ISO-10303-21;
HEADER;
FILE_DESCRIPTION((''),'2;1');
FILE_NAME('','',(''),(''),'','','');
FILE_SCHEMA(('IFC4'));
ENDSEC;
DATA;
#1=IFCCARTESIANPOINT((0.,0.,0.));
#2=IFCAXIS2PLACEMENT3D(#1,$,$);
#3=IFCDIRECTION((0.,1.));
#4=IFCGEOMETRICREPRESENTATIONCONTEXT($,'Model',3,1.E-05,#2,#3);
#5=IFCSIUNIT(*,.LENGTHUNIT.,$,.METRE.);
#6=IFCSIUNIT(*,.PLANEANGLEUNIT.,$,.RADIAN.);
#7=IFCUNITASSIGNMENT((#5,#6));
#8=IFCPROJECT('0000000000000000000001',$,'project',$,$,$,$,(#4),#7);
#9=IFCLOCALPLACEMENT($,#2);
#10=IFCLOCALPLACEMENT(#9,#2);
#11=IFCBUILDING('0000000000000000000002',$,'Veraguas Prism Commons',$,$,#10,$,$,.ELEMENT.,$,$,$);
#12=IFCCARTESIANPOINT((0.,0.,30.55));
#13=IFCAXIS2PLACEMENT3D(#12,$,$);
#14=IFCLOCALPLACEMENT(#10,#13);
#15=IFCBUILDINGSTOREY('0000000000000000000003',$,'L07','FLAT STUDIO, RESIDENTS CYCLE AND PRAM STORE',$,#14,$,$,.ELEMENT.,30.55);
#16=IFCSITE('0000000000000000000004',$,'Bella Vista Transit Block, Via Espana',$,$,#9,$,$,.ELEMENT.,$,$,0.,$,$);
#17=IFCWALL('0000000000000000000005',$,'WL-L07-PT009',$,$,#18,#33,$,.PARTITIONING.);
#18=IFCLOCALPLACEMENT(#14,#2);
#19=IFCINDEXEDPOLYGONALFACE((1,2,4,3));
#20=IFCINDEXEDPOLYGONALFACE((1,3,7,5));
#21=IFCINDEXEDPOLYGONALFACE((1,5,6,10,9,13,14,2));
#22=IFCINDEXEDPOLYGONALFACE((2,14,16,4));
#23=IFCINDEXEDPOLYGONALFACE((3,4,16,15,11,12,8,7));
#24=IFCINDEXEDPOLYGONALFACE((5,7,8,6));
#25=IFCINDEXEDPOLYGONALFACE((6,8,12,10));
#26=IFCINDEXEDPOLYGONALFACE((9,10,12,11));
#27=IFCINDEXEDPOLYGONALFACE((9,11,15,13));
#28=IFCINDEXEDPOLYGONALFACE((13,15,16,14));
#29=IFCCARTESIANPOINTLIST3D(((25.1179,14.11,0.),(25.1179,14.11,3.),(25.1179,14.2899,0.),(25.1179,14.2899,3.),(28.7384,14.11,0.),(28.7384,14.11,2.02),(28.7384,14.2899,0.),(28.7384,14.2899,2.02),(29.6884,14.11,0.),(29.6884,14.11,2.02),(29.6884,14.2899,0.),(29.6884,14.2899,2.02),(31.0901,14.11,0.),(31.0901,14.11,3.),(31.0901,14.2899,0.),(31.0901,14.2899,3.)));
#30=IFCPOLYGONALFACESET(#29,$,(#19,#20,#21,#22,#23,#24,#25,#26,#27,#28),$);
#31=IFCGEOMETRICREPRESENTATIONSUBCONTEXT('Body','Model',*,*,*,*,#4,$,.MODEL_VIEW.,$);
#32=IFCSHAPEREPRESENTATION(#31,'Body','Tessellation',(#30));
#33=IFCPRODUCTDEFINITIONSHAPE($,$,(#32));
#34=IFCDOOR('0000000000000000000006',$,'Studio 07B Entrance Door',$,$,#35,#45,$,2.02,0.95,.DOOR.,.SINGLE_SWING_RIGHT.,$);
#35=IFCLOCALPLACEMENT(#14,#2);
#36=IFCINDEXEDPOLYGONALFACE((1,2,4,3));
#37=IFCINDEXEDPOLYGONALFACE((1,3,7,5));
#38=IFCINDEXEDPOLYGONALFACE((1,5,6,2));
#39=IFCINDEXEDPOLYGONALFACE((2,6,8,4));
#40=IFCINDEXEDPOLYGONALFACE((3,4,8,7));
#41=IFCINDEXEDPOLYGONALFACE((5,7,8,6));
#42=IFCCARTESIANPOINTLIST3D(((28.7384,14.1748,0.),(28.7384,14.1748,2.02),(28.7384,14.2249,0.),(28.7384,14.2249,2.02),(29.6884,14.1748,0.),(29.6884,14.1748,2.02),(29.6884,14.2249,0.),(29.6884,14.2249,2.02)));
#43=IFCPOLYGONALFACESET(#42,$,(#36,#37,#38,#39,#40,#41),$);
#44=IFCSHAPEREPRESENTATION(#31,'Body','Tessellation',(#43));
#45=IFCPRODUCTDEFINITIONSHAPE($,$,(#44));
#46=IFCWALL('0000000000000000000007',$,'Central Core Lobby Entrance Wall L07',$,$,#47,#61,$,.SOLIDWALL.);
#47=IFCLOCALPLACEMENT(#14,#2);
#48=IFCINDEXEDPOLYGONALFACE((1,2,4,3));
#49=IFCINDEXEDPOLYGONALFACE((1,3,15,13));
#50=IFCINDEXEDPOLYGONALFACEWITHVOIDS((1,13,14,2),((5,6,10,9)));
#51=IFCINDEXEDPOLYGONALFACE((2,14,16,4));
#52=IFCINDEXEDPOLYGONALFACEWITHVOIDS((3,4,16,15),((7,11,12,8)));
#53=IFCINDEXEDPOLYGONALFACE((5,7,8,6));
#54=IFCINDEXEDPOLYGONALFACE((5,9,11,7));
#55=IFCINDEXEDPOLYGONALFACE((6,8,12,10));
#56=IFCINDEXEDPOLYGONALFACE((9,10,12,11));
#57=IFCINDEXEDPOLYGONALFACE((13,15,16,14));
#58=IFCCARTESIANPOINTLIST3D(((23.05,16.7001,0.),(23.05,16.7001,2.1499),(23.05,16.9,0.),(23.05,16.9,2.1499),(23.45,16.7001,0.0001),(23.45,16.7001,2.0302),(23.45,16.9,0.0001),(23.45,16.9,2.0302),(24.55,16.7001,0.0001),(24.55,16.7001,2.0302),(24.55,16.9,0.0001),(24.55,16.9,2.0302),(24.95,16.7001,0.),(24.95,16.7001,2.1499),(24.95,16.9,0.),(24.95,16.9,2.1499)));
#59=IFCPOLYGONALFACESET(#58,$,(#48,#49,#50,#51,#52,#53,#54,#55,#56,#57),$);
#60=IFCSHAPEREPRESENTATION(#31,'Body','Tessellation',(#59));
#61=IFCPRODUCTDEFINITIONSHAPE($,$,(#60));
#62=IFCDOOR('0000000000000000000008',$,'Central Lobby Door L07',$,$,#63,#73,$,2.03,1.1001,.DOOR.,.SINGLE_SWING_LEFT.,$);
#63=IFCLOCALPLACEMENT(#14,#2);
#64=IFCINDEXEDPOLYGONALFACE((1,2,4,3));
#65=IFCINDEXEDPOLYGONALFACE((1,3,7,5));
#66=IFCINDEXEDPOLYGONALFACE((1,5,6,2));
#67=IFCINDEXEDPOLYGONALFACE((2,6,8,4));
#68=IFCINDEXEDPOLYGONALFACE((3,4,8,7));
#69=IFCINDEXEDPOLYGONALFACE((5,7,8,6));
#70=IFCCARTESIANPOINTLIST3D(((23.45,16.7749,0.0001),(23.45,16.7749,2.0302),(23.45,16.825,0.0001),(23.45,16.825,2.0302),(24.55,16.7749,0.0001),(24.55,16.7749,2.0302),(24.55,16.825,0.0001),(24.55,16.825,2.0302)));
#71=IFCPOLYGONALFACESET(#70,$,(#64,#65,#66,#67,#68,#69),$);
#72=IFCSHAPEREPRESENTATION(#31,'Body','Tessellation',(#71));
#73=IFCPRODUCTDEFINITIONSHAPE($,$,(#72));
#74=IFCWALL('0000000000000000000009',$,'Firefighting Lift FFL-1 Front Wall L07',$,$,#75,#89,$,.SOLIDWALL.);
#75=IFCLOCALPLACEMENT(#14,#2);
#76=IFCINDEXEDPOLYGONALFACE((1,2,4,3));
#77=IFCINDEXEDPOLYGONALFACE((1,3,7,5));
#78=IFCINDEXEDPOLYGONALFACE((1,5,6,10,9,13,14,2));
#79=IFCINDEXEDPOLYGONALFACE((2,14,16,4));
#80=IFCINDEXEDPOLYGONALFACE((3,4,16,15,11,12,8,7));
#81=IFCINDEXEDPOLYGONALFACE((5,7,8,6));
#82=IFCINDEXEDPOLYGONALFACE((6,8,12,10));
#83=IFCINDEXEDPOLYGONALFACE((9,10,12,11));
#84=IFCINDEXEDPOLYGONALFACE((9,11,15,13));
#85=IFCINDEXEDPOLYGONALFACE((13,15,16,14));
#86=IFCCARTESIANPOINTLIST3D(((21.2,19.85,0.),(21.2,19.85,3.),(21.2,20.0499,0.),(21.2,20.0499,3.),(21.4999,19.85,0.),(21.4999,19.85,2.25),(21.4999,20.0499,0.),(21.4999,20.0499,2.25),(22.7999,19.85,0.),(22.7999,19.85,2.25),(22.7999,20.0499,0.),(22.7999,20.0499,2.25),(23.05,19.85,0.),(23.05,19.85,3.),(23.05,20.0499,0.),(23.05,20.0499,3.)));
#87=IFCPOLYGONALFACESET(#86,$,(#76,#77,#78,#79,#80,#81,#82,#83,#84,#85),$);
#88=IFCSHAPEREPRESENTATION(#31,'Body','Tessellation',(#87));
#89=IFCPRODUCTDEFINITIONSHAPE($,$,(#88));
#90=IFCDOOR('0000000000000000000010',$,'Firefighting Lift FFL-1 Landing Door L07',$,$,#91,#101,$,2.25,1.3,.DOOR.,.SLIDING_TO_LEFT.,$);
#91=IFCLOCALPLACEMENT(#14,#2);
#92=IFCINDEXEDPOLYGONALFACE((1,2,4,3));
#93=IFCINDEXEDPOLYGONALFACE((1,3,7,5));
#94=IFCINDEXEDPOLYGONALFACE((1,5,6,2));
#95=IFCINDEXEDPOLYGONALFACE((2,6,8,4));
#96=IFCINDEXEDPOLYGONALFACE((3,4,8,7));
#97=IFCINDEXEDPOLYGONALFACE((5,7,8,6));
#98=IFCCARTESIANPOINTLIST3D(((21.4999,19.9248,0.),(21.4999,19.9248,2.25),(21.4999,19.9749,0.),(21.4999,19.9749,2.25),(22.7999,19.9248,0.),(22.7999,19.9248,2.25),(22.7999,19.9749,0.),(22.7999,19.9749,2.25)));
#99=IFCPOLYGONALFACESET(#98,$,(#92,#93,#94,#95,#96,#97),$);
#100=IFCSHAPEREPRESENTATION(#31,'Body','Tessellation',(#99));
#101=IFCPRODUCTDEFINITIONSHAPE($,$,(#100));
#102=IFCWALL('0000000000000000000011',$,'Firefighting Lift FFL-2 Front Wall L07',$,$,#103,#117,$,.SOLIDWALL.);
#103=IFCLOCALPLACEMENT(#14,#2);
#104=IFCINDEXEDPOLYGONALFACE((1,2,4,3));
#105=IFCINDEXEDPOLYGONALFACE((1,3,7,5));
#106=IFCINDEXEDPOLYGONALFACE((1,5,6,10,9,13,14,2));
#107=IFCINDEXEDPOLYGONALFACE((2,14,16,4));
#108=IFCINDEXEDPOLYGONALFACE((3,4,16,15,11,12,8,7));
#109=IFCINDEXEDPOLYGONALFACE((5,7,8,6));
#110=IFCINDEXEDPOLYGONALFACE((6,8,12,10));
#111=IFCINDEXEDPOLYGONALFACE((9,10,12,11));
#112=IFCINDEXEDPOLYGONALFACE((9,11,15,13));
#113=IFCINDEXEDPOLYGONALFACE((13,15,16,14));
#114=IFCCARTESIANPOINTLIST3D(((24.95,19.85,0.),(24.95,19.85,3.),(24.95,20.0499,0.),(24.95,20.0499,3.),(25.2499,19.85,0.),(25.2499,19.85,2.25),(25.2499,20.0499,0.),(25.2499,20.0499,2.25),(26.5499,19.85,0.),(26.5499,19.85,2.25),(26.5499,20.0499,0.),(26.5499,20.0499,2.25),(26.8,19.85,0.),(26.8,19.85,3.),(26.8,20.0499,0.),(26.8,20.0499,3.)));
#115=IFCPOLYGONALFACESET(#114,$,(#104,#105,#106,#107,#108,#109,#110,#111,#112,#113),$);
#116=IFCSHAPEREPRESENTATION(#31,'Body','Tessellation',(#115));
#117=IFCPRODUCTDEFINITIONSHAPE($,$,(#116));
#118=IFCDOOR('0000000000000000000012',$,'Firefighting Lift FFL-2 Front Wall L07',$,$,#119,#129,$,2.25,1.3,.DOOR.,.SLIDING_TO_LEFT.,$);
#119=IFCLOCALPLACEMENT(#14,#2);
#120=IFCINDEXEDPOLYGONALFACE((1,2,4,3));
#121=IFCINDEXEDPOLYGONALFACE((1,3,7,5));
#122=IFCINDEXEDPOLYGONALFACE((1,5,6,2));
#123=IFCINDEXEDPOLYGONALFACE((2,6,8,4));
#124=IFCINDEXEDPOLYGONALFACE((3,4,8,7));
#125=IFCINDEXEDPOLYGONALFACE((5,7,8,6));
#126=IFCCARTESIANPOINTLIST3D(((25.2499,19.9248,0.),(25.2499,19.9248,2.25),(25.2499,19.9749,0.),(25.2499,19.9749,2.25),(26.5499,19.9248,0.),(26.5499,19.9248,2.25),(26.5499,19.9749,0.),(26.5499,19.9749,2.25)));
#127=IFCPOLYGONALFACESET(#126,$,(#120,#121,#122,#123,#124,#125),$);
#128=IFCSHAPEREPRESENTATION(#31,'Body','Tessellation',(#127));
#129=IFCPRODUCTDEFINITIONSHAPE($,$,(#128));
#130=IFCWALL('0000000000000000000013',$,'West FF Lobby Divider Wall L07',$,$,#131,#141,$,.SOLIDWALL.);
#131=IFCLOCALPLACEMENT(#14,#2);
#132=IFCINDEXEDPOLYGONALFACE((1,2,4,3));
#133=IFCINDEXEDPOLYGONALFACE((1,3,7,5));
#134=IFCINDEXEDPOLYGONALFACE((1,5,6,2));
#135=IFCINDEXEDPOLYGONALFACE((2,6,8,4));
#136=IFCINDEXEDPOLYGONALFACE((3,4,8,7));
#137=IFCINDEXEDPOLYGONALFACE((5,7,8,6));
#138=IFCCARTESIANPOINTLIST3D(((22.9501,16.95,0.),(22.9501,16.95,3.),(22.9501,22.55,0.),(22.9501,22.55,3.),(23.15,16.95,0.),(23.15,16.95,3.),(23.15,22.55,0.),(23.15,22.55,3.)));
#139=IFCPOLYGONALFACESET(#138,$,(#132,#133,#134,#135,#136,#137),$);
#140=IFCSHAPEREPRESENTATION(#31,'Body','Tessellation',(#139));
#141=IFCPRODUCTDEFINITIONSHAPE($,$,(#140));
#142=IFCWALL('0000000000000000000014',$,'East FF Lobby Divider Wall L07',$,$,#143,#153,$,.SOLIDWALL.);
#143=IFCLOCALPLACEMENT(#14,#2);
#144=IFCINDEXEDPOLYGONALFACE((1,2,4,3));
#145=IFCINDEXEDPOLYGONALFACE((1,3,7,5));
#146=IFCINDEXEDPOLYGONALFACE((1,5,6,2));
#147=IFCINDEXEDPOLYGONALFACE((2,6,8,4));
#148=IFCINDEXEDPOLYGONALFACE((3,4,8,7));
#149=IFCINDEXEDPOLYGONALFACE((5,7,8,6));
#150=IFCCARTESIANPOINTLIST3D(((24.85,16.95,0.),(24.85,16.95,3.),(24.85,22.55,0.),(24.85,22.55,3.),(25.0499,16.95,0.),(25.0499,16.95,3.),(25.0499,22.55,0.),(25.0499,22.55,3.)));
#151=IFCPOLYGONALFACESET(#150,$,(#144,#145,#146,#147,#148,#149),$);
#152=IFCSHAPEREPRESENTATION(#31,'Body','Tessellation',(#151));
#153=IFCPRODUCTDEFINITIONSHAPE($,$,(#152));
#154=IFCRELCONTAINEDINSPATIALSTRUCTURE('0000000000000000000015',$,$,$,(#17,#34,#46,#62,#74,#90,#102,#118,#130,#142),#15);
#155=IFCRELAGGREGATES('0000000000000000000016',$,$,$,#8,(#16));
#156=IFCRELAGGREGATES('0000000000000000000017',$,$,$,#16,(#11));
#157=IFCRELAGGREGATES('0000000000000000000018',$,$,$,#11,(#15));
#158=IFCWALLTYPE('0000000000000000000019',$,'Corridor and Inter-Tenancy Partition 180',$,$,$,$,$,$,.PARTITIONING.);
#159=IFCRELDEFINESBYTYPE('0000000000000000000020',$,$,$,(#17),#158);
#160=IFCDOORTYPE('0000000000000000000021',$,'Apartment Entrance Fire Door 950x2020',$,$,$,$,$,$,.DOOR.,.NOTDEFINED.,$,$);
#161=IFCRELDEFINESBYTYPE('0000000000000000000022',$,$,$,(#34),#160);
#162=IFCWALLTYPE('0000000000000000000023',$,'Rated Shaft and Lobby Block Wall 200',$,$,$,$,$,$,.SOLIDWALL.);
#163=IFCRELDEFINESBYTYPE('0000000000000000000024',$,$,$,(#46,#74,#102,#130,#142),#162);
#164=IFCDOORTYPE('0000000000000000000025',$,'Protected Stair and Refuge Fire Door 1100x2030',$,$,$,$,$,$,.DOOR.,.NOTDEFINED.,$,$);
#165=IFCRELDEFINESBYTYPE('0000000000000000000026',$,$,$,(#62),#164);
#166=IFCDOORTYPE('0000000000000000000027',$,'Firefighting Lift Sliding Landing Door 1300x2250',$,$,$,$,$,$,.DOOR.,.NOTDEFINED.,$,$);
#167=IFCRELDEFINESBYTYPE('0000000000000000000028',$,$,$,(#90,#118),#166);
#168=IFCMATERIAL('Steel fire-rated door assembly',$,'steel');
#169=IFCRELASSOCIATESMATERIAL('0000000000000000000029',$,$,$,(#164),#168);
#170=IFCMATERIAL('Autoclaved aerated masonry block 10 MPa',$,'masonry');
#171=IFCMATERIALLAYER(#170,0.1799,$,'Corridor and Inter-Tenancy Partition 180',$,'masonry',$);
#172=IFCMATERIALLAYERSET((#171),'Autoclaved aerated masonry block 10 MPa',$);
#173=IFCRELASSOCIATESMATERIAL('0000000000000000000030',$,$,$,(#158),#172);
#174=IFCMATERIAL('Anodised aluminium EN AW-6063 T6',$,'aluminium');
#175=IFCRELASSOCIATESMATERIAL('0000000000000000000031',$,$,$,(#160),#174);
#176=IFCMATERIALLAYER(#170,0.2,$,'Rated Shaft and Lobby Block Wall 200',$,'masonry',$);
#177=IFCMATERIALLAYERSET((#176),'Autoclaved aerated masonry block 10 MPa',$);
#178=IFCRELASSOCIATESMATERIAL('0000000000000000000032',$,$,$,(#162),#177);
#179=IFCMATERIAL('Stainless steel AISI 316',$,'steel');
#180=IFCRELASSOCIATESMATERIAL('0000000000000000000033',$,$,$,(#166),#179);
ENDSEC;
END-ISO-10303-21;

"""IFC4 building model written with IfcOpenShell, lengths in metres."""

from ifc_helpers import new_model, si_unit, direction, frame, frame_2d, origin, place, context, subcontext, project, spatial, rectangle, extrude, source, transform, mapped, material, layer, layer_set, type_object, element, fill, save


model = new_model("IFC4")

# Units and contexts
model_context = context("Model", 3, precision=1e-05, world=origin(), true_north=direction((0.0, 1.0)))
body_context = subcontext(model_context, "Body", "Model", "MODEL_VIEW")
ifc_project = project(units=[si_unit("LENGTHUNIT", "METRE"), si_unit("PLANEANGLEUNIT", "RADIAN")], contexts=[model_context])

# Site, building, storey
site_placement = place(None, origin())
site = spatial("IfcSite", under=ifc_project, at=site_placement, Name="Bella Vista Transit Block, Via Espana", CompositionType="ELEMENT", RefElevation=0.0)
building_placement = place(site_placement, origin())
building = spatial("IfcBuilding", under=site, at=building_placement, Name="Veraguas Prism Commons", CompositionType="ELEMENT")
storey_placement = place(building_placement, frame((0.0, 0.0, 30.55)))
storey = spatial("IfcBuildingStorey", under=building, at=storey_placement, Name="L07", Description="FLAT STUDIO, RESIDENTS CYCLE AND PRAM STORE", CompositionType="ELEMENT", Elevation=30.55)

# Shared definitions
ifc_material_1 = material(Name="Steel fire-rated door assembly", Category="steel")
door_type_1 = type_object("IfcDoorType", Name="Protected Stair and Refuge Fire Door 1100x2030", OperationType="NOTDEFINED", PredefinedType="DOOR", material=ifc_material_1)
shared_shape_1 = source(origin(), body_context, "Body", "SweptSolid", [
    extrude(rectangle(XDim=1.1001, YDim=2.03, at=frame_2d((0.55, 1.0151))), frame((0.0, 0.0249, 0.0), z_axis=(0.0, -1.0, 0.0), x_axis=(1.0, 0.0, 0.0)), (0.0, 0.0, 1.0), 0.05),
])

# Shared definitions
ifc_material_2 = material(Name="Autoclaved aerated masonry block 10 MPa", Category="masonry")
ifc_layer_1 = layer(ifc_material_2, 0.1799, Name="Corridor and Inter-Tenancy Partition 180", Category="masonry")
ifc_layer_set_1 = layer_set([ifc_layer_1], Name="Autoclaved aerated masonry block 10 MPa")
wall_type_1 = type_object("IfcWallType", Name="Corridor and Inter-Tenancy Partition 180", PredefinedType="PARTITIONING", material=ifc_layer_set_1)

# Walls, openings, doors
wall_1_placement = place(storey_placement, frame((25.1179, 14.2, 0.0), z_axis=(0.0, 0.0, 1.0), x_axis=(1.0, 0.0, 0.0)))
wall_1 = element("IfcWall", 1, at=wall_1_placement, inside=storey, type_object=wall_type_1, Name="WL-L07-PT009", PredefinedType="PARTITIONING", context=body_context, shape_type="SweptSolid", body=[
    extrude(rectangle(XDim=5.9722, YDim=0.1799, at=frame_2d((2.9861, 0.0))), origin(), (0.0, 0.0, 1.0), 3.0),
])
opening_1_placement = place(wall_1_placement, frame((3.6204, 0.0, 0.0)))
opening_1 = element("IfcOpeningElement", 2, at=opening_1_placement, cuts=wall_1, PredefinedType="OPENING", context=body_context, shape_type="SweptSolid", body=[
    extrude(rectangle(XDim=0.95, YDim=2.02, at=frame_2d((0.4751, 1.01))), frame((0.0, 0.0999, 0.0), z_axis=(0.0, -1.0, 0.0), x_axis=(1.0, 0.0, 0.0)), (0.0, 0.0, 1.0), 0.2),
])
ifc_material_3 = material(Name="Anodised aluminium EN AW-6063 T6", Category="aluminium")
door_type_2 = type_object("IfcDoorType", Name="Apartment Entrance Fire Door 950x2020", OperationType="NOTDEFINED", PredefinedType="DOOR", material=ifc_material_3)
shared_shape_2 = source(origin(), body_context, "Body", "SweptSolid", [
    extrude(rectangle(XDim=0.95, YDim=2.02, at=frame_2d((0.4751, 1.01))), frame((0.0, 0.0249, 0.0), z_axis=(0.0, -1.0, 0.0), x_axis=(1.0, 0.0, 0.0)), (0.0, 0.0, 1.0), 0.05),
])
door_1_placement = place(opening_1_placement, origin())
door_1 = element("IfcDoor", 3, at=door_1_placement, inside=storey, type_object=door_type_2, Name="Studio 07B Entrance Door", OperationType="SINGLE_SWING_RIGHT", OverallHeight=2.02, OverallWidth=0.95, PredefinedType="DOOR", context=body_context, shape_type="MappedRepresentation", body=[
    mapped(shared_shape_2, transform((0.0, 0.0, 0.0), scale=1.0)),
])
fill(opening_1, door_1)
ifc_layer_2 = layer(ifc_material_2, 0.2, Name="Rated Shaft and Lobby Block Wall 200", Category="masonry")
ifc_layer_set_2 = layer_set([ifc_layer_2], Name="Autoclaved aerated masonry block 10 MPa")
wall_type_2 = type_object("IfcWallType", Name="Rated Shaft and Lobby Block Wall 200", PredefinedType="SOLIDWALL", material=ifc_layer_set_2)
wall_2_placement = place(storey_placement, frame((23.05, 16.8, 0.0), z_axis=(0.0, 0.0, 1.0), x_axis=(1.0, 0.0, 0.0)))
wall_2 = element("IfcWall", 4, at=wall_2_placement, inside=storey, type_object=wall_type_2, Name="Central Core Lobby Entrance Wall L07", PredefinedType="SOLIDWALL", context=body_context, shape_type="SweptSolid", body=[
    extrude(rectangle(XDim=1.8999, YDim=0.2, at=frame_2d((0.95, 0.0))), origin(), (0.0, 0.0, 1.0), 2.1499),
])
opening_2_placement = place(wall_2_placement, frame((0.3999, 0.0, 0.0)))
opening_2 = element("IfcOpeningElement", 5, at=opening_2_placement, cuts=wall_2, PredefinedType="OPENING", context=body_context, shape_type="SweptSolid", body=[
    extrude(rectangle(XDim=1.1001, YDim=2.03, at=frame_2d((0.55, 1.0151))), frame((0.0, 0.1099, 0.0), z_axis=(0.0, -1.0, 0.0), x_axis=(1.0, 0.0, 0.0)), (0.0, 0.0, 1.0), 0.22),
])
door_2_placement = place(opening_2_placement, origin())
door_2 = element("IfcDoor", 6, at=door_2_placement, inside=storey, type_object=door_type_1, Name="Central Lobby Door L07", OperationType="SINGLE_SWING_LEFT", OverallHeight=2.03, OverallWidth=1.1001, PredefinedType="DOOR", context=body_context, shape_type="MappedRepresentation", body=[
    mapped(shared_shape_1, transform((0.0, 0.0, 0.0), scale=1.0)),
])
fill(opening_2, door_2)
wall_3_placement = place(storey_placement, frame((21.2, 19.95, 0.0), z_axis=(0.0, 0.0, 1.0), x_axis=(1.0, 0.0, 0.0)))
wall_3 = element("IfcWall", 7, at=wall_3_placement, inside=storey, type_object=wall_type_2, Name="Firefighting Lift FFL-1 Front Wall L07", PredefinedType="SOLIDWALL", context=body_context, shape_type="SweptSolid", body=[
    extrude(rectangle(XDim=1.8501, YDim=0.2, at=frame_2d((0.925, 0.0))), origin(), (0.0, 0.0, 1.0), 3.0),
])
opening_3_placement = place(wall_3_placement, frame((0.3, 0.0, 0.0)))
opening_3 = element("IfcOpeningElement", 8, at=opening_3_placement, cuts=wall_3, PredefinedType="OPENING", context=body_context, shape_type="SweptSolid", body=[
    extrude(rectangle(XDim=1.3, YDim=2.25, at=frame_2d((0.6499, 1.125))), frame((0.0, 0.1099, 0.0), z_axis=(0.0, -1.0, 0.0), x_axis=(1.0, 0.0, 0.0)), (0.0, 0.0, 1.0), 0.22),
])
ifc_material_4 = material(Name="Stainless steel AISI 316", Category="steel")
door_type_3 = type_object("IfcDoorType", Name="Firefighting Lift Sliding Landing Door 1300x2250", OperationType="NOTDEFINED", PredefinedType="DOOR", material=ifc_material_4)
shared_shape_3 = source(origin(), body_context, "Body", "SweptSolid", [
    extrude(rectangle(XDim=1.3, YDim=2.25, at=frame_2d((0.6499, 1.125))), frame((0.0, 0.0249, 0.0), z_axis=(0.0, -1.0, 0.0), x_axis=(1.0, 0.0, 0.0)), (0.0, 0.0, 1.0), 0.05),
])
door_3_placement = place(opening_3_placement, origin())
door_3 = element("IfcDoor", 9, at=door_3_placement, inside=storey, type_object=door_type_3, Name="Firefighting Lift FFL-1 Landing Door L07", OperationType="SLIDING_TO_LEFT", OverallHeight=2.25, OverallWidth=1.3, PredefinedType="DOOR", context=body_context, shape_type="MappedRepresentation", body=[
    mapped(shared_shape_3, transform((0.0, 0.0, 0.0), scale=1.0)),
])
fill(opening_3, door_3)
wall_4_placement = place(storey_placement, frame((24.95, 19.95, 0.0), z_axis=(0.0, 0.0, 1.0), x_axis=(1.0, 0.0, 0.0)))
wall_4 = element("IfcWall", 10, at=wall_4_placement, inside=storey, type_object=wall_type_2, Name="Firefighting Lift FFL-2 Front Wall L07", PredefinedType="SOLIDWALL", context=body_context, shape_type="SweptSolid", body=[
    extrude(rectangle(XDim=1.8501, YDim=0.2, at=frame_2d((0.925, 0.0))), origin(), (0.0, 0.0, 1.0), 3.0),
])
opening_4_placement = place(wall_4_placement, frame((0.3, 0.0, 0.0)))
opening_4 = element("IfcOpeningElement", 11, at=opening_4_placement, cuts=wall_4, PredefinedType="OPENING", context=body_context, shape_type="SweptSolid", body=[
    extrude(rectangle(XDim=1.3, YDim=2.25, at=frame_2d((0.6499, 1.125))), frame((0.0, 0.1099, 0.0), z_axis=(0.0, -1.0, 0.0), x_axis=(1.0, 0.0, 0.0)), (0.0, 0.0, 1.0), 0.22),
])
door_4_placement = place(opening_4_placement, origin())
door_4 = element("IfcDoor", 12, at=door_4_placement, inside=storey, type_object=door_type_3, Name="Firefighting Lift FFL-2 Front Wall L07", OperationType="SLIDING_TO_LEFT", OverallHeight=2.25, OverallWidth=1.3, PredefinedType="DOOR", context=body_context, shape_type="MappedRepresentation", body=[
    mapped(shared_shape_3, transform((0.0, 0.0, 0.0), scale=1.0)),
])
fill(opening_4, door_4)

# Walls
for number, where, z_axis, x_axis, name in (
    (13, (23.05, 16.95, 0.0), (0.0, 0.0, 1.0), (0.0, 1.0, 0.0), "West FF Lobby Divider Wall L07"),
    (14, (24.95, 16.95, 0.0), (0.0, 0.0, 1.0), (0.0, 1.0, 0.0), "East FF Lobby Divider Wall L07"),
):
    element("IfcWall", number, at=place(storey_placement, frame(where, z_axis=z_axis, x_axis=x_axis)), inside=storey, type_object=wall_type_2, Name=name, PredefinedType="SOLIDWALL", context=body_context, shape_type="SweptSolid", body=[
        extrude(rectangle(XDim=5.6001, YDim=0.2, at=frame_2d((2.8, 0.0))), origin(), (0.0, 0.0, 1.0), 3.0),
    ])

save(model, "model.ifc")
